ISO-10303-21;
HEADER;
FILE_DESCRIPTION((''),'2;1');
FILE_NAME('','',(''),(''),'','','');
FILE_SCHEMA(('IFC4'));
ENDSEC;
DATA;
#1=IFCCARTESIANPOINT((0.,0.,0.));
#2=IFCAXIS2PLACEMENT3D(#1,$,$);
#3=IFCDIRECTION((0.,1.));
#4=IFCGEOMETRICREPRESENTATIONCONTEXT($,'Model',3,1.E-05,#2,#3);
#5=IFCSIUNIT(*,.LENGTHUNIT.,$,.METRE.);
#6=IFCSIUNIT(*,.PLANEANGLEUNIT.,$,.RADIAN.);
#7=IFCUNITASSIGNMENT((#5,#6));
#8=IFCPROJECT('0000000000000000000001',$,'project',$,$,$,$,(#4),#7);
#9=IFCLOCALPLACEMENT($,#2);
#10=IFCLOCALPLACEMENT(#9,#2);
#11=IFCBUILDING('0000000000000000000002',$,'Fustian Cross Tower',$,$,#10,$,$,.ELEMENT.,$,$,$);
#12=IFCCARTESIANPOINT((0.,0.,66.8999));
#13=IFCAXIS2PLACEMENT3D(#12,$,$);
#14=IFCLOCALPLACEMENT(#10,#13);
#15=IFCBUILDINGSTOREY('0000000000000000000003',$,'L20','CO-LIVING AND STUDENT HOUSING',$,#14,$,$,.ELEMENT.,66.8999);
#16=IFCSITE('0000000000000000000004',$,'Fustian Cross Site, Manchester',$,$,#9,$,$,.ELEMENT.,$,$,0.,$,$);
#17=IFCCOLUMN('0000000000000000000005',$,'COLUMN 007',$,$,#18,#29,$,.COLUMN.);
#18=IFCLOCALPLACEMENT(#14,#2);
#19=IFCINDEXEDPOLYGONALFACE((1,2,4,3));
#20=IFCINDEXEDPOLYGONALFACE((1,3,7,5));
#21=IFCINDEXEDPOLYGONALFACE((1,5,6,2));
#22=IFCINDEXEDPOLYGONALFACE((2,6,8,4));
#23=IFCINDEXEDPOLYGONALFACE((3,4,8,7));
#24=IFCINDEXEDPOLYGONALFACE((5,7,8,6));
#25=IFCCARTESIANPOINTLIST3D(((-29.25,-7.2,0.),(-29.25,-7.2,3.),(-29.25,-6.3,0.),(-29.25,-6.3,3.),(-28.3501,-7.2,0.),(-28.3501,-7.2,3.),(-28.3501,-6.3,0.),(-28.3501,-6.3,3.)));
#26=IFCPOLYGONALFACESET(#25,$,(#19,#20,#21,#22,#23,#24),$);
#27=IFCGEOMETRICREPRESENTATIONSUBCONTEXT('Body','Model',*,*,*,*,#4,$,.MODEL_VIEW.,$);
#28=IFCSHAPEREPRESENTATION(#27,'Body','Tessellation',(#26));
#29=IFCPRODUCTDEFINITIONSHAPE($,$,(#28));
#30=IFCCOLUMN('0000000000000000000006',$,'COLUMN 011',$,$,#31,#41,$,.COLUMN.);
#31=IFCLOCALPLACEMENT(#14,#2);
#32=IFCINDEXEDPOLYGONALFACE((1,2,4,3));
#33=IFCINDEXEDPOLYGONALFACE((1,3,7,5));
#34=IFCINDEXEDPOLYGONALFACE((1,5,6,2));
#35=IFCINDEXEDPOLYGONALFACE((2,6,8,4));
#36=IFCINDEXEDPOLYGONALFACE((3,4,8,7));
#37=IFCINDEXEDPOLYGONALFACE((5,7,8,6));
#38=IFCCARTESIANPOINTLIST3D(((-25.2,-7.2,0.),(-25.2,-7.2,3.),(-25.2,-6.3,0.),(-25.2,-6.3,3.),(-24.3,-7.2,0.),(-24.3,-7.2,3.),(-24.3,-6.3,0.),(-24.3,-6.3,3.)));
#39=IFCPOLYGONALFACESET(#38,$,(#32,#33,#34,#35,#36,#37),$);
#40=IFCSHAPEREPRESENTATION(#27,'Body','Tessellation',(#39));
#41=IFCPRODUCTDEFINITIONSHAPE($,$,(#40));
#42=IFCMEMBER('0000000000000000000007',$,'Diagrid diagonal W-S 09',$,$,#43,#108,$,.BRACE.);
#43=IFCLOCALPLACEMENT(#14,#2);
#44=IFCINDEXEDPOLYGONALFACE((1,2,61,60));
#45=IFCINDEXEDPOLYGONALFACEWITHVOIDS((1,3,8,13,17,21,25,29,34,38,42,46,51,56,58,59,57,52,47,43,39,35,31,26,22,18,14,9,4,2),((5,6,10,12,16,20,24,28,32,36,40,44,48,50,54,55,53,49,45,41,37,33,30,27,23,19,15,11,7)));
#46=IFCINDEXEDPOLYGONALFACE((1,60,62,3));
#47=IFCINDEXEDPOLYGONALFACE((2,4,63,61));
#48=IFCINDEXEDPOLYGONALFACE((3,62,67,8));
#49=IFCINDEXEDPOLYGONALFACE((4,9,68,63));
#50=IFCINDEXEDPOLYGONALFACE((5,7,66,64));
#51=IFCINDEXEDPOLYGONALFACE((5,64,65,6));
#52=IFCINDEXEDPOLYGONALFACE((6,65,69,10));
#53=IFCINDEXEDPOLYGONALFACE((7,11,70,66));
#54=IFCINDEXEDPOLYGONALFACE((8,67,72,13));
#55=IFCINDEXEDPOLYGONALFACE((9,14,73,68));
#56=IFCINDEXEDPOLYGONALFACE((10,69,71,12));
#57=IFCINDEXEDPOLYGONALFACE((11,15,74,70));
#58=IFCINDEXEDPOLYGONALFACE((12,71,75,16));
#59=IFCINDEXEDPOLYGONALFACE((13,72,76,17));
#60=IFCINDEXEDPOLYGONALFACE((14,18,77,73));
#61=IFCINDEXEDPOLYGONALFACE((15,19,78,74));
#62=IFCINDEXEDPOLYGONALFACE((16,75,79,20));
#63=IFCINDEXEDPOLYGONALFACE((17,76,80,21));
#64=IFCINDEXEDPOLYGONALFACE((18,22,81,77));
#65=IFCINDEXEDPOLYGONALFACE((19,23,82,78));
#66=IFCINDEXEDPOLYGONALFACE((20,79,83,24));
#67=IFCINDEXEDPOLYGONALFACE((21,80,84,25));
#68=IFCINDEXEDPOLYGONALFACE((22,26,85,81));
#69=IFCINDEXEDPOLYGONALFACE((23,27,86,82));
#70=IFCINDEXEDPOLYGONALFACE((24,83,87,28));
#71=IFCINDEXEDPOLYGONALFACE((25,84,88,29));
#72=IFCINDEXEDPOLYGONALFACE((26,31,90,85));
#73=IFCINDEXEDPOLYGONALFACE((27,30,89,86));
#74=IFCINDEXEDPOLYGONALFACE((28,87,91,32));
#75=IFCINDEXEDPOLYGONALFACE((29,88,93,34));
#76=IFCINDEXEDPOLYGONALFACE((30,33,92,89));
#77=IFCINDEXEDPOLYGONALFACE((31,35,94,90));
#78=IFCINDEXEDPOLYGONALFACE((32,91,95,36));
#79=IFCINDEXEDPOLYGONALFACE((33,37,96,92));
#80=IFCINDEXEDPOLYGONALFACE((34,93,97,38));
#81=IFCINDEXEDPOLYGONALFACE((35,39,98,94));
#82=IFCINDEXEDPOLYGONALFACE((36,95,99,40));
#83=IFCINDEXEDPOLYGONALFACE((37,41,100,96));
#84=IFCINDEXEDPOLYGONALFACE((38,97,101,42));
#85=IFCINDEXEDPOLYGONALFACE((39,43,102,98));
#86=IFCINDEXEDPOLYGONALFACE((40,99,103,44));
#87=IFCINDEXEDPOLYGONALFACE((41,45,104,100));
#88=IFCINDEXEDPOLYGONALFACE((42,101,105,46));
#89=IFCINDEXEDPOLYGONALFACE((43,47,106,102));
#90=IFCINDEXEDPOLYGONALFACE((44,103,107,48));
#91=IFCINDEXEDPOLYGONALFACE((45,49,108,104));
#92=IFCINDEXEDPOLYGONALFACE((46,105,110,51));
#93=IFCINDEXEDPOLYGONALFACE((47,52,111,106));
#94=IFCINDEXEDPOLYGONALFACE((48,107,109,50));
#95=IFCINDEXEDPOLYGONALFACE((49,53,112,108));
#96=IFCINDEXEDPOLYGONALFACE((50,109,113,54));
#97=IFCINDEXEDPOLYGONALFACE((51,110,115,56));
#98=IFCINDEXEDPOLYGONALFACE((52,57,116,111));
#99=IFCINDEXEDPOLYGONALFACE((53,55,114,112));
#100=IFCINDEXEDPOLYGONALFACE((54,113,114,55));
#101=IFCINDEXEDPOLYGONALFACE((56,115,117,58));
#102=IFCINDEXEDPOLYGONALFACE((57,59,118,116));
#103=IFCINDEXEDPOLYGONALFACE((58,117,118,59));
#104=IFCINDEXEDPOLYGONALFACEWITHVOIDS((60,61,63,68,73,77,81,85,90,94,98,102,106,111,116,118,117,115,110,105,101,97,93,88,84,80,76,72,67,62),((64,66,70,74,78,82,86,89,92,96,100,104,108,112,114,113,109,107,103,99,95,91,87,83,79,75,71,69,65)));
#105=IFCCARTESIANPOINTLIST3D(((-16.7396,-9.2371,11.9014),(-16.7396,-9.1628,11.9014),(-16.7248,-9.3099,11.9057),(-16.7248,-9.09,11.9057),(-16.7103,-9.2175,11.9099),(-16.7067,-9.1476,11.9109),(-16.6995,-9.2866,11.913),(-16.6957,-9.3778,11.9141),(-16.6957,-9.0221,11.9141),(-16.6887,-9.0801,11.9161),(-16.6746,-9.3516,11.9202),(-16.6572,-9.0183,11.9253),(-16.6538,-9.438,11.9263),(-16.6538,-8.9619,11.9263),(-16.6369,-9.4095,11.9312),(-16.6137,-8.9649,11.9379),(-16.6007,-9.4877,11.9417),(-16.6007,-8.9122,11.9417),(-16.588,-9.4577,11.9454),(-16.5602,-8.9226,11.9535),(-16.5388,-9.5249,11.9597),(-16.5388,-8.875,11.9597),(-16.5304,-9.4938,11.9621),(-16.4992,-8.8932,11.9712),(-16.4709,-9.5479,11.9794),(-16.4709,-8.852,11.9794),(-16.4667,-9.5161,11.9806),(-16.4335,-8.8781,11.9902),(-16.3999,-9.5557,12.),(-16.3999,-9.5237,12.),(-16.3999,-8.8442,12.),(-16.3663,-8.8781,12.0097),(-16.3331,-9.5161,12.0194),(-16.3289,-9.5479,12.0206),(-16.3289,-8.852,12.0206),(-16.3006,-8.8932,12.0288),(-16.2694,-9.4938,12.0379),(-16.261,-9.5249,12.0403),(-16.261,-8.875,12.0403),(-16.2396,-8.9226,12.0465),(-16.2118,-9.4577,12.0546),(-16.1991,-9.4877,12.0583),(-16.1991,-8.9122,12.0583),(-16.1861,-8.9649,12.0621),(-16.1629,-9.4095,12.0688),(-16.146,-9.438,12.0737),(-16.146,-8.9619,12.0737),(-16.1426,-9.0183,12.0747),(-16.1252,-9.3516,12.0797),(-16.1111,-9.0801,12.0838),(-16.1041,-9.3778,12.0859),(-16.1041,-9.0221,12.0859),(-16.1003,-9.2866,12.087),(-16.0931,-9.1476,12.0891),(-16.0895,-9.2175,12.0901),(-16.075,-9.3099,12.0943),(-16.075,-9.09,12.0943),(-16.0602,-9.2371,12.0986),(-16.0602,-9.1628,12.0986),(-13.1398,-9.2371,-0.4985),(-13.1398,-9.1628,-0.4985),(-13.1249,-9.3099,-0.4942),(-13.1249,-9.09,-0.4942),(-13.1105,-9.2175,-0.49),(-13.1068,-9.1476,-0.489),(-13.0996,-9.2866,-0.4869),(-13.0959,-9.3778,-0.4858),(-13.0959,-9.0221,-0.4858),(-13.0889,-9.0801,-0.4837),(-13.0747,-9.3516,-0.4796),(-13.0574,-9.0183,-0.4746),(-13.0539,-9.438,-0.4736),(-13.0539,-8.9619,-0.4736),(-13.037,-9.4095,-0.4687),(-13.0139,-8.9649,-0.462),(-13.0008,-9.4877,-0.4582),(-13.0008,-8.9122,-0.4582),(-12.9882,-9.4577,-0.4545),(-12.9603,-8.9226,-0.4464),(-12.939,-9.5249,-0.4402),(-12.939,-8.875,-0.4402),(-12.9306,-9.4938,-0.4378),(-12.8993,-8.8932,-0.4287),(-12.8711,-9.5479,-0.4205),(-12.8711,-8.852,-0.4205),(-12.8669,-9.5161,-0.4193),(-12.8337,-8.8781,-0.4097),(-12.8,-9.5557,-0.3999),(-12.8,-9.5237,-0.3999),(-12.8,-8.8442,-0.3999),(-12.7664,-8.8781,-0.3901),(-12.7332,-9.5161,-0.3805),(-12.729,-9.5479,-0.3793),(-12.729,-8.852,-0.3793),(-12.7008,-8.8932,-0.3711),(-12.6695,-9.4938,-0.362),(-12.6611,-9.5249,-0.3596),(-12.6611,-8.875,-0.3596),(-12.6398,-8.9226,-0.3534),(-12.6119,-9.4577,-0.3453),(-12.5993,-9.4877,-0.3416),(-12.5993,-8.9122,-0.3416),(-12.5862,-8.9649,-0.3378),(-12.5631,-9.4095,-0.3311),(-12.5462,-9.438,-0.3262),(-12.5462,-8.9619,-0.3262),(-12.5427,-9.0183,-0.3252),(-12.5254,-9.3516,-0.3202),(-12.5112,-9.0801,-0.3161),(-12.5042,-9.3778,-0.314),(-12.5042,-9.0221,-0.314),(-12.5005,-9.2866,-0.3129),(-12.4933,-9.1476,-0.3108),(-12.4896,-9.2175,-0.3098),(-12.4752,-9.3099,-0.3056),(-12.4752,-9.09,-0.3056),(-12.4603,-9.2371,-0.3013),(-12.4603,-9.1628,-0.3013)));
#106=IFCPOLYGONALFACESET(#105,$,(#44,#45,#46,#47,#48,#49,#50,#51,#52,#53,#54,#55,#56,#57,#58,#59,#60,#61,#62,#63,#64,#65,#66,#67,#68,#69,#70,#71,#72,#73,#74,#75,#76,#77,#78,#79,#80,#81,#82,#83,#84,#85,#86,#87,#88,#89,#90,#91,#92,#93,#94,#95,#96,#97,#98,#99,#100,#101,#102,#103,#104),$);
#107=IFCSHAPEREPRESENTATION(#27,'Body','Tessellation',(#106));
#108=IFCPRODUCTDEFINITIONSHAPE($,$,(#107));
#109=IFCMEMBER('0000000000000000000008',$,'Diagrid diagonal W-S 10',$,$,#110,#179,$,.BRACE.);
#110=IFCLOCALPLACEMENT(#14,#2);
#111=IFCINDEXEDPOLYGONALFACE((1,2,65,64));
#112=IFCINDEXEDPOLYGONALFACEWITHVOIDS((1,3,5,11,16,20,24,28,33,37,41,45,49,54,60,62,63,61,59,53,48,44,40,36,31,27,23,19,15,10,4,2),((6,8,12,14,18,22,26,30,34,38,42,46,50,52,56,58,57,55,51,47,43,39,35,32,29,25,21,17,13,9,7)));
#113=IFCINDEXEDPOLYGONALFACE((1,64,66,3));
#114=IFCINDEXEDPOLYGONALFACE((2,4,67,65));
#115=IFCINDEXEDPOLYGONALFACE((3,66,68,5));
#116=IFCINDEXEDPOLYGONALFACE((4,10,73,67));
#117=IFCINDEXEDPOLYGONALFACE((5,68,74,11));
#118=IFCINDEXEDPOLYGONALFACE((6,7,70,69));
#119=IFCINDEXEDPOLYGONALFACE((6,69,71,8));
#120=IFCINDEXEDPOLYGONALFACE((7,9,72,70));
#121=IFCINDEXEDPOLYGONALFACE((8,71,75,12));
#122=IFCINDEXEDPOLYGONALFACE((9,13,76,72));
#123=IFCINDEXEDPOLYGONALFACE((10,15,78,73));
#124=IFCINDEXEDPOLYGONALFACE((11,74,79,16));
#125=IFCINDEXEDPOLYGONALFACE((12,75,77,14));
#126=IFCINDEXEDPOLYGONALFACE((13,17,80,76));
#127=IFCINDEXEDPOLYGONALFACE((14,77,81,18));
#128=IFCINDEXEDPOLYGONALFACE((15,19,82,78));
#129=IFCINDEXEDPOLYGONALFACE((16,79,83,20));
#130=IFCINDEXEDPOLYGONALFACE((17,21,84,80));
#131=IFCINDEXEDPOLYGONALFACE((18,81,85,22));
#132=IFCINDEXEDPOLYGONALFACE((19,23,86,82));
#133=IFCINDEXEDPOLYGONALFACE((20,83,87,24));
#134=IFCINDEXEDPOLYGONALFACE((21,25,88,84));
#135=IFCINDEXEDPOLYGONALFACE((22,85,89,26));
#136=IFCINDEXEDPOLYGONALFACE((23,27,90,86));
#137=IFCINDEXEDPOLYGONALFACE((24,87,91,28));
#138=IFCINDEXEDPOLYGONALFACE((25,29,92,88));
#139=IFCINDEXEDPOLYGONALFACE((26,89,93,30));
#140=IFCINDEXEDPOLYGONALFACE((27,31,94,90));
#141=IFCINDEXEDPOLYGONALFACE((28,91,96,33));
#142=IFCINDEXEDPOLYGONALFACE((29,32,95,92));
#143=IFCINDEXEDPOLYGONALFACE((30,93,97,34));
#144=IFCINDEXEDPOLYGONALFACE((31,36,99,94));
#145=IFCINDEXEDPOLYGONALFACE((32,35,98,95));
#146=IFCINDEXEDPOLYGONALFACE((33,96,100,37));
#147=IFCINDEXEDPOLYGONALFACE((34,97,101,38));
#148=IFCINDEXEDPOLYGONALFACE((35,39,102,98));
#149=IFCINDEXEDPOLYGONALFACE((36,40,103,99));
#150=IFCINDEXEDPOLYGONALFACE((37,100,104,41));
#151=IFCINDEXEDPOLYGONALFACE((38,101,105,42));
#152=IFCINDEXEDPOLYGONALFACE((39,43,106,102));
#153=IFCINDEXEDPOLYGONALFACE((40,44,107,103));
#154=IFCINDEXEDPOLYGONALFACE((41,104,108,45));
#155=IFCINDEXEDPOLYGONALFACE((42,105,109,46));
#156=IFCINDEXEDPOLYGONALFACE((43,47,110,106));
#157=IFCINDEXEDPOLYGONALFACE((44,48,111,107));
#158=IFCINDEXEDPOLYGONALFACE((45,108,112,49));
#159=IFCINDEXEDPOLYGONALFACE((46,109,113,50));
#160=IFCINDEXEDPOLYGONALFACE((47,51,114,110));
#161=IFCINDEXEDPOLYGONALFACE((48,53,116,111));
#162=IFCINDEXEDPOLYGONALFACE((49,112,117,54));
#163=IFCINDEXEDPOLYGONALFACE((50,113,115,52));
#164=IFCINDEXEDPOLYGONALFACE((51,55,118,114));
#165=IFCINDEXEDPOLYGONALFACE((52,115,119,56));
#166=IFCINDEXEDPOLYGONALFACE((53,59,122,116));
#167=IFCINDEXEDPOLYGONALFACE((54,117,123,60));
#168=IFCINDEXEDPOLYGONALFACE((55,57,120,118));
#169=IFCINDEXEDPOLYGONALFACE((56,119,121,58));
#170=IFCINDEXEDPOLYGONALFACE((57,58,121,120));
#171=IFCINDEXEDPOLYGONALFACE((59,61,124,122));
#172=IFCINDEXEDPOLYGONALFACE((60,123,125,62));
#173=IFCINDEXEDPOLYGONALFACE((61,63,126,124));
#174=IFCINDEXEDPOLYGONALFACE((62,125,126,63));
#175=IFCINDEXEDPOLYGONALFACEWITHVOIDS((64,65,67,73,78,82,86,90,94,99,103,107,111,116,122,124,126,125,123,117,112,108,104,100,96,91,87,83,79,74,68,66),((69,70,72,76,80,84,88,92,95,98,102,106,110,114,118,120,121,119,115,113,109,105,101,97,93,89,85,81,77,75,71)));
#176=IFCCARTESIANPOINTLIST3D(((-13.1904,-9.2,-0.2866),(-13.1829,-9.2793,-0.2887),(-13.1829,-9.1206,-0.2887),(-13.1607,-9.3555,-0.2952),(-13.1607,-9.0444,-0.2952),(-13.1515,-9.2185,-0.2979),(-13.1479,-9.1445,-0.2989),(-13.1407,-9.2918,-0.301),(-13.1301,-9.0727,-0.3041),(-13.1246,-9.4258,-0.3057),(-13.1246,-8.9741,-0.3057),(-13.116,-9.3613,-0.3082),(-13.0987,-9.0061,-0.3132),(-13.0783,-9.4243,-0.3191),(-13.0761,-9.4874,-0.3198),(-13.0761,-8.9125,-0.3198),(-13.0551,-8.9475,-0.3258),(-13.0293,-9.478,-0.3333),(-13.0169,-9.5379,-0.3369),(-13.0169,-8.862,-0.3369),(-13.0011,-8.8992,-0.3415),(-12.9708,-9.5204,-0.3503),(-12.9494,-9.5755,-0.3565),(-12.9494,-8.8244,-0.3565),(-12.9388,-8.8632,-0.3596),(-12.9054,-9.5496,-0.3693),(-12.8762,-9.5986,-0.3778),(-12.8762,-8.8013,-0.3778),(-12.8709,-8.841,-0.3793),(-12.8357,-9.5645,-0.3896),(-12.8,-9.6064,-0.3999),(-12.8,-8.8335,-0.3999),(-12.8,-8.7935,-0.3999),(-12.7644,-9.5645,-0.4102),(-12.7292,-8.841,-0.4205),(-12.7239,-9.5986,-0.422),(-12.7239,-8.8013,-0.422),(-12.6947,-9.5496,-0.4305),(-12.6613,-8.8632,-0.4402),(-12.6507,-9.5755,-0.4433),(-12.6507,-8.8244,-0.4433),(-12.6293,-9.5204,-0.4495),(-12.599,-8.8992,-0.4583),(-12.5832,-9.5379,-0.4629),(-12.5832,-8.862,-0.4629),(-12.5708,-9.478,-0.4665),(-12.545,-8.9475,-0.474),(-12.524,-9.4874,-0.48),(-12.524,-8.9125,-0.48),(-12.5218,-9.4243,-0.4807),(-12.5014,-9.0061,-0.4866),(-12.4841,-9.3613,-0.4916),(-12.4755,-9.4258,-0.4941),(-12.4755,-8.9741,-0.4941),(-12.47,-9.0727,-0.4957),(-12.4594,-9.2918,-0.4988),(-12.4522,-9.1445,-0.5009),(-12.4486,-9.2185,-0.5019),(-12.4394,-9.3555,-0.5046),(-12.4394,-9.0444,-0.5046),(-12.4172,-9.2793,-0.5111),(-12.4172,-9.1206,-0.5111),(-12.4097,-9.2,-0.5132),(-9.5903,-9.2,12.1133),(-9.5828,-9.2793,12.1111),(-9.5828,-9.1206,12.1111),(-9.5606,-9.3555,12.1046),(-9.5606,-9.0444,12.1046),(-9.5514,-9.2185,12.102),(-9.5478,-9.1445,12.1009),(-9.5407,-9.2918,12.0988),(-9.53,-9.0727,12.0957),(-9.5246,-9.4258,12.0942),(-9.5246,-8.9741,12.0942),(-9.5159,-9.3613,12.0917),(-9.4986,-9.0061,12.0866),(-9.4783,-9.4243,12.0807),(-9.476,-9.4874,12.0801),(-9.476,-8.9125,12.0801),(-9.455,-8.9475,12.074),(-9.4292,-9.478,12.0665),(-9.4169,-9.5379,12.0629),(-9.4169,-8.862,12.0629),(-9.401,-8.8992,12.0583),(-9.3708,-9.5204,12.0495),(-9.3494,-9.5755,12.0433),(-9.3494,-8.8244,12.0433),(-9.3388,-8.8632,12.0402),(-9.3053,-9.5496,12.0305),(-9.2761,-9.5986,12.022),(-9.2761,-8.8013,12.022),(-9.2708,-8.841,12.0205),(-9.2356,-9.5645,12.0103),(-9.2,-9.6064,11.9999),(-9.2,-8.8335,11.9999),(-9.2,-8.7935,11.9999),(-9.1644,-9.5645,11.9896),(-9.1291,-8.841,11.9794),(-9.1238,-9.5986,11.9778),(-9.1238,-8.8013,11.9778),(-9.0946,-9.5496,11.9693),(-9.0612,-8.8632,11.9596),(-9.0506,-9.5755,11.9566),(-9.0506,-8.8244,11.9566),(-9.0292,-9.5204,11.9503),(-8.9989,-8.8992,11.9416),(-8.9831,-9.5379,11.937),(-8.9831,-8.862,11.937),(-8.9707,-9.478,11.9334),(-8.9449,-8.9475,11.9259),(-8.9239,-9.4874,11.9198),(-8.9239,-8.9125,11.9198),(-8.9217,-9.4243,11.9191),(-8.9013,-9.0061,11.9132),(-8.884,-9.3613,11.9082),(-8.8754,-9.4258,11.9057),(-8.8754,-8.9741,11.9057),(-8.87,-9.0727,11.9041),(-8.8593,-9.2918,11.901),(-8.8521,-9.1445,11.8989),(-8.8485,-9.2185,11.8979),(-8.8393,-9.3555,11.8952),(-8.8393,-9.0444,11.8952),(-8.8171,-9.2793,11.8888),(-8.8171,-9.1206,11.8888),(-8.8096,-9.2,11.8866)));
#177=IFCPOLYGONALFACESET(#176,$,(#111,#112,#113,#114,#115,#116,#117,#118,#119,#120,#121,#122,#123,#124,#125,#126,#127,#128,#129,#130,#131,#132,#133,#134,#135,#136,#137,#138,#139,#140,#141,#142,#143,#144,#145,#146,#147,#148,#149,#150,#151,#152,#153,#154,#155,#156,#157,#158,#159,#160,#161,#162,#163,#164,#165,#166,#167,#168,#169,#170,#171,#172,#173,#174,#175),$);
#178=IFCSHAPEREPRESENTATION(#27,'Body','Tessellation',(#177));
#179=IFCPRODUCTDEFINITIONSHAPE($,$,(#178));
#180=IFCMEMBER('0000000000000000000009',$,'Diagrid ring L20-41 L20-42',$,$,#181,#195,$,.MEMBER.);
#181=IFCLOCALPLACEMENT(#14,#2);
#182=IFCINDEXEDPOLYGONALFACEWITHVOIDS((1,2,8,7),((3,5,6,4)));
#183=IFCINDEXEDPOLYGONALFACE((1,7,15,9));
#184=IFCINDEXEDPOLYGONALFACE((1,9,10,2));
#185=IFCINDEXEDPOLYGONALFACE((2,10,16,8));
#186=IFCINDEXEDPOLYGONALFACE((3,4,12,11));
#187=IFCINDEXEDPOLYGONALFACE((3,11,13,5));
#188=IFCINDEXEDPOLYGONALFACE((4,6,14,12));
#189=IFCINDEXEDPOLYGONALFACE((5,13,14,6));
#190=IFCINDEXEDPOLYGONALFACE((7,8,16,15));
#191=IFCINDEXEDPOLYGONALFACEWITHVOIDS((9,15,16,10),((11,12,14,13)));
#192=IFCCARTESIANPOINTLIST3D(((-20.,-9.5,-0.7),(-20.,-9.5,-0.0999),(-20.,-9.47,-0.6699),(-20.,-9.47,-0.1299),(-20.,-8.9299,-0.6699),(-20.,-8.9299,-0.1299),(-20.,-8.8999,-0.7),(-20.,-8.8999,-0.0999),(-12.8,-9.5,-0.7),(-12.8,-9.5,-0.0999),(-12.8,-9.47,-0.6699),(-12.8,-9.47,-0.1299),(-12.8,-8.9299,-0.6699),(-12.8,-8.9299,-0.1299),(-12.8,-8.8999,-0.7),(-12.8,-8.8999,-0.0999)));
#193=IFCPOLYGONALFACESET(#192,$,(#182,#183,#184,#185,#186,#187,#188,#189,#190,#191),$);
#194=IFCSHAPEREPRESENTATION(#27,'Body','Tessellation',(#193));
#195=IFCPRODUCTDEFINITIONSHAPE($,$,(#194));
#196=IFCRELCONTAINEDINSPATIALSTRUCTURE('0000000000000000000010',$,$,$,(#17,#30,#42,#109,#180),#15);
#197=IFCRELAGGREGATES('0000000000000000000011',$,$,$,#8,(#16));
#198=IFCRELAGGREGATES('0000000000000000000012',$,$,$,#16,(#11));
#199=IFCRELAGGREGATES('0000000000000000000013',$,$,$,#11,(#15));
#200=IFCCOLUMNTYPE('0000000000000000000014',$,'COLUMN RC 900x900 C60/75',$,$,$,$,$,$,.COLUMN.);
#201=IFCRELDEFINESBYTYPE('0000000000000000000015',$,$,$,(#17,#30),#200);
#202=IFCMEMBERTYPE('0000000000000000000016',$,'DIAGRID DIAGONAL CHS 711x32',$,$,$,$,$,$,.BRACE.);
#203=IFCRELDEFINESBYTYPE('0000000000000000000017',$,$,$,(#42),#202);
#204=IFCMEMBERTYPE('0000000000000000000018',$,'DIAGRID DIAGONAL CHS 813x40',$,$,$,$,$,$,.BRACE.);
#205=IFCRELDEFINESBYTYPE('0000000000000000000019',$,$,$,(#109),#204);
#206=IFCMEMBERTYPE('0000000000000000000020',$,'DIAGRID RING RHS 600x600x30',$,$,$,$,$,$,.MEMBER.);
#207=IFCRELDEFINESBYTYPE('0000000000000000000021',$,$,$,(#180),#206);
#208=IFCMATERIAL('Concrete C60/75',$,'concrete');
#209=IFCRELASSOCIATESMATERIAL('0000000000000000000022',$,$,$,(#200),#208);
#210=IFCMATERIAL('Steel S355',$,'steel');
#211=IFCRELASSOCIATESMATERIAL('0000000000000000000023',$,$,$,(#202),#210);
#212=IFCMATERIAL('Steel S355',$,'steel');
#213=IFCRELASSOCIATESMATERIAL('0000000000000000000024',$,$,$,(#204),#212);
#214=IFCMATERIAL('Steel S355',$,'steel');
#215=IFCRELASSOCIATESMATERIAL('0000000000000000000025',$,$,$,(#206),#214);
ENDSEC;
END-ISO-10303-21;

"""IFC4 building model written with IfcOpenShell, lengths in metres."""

from ifc_helpers import new_model, si_unit, direction, frame, origin, origin_2d, place, context, subcontext, project, spatial, rectangle, hollow_rectangle, hollow_circle, extrude, material, material_profile, profile_set, type_object, element, save


model = new_model("IFC4")

# Units and contexts
model_context = context("Model", 3, precision=1e-05, world=origin(), true_north=direction((0.0, 1.0)))
body_context = subcontext(model_context, "Body", "Model", "MODEL_VIEW")
ifc_project = project(units=[si_unit("LENGTHUNIT", "METRE"), si_unit("PLANEANGLEUNIT", "RADIAN")], contexts=[model_context])

# Site, building, storey
site_placement = place(None, origin())
site = spatial("IfcSite", under=ifc_project, at=site_placement, Name="Fustian Cross Site, Manchester", CompositionType="ELEMENT", RefElevation=0.0)
building_placement = place(site_placement, origin())
building = spatial("IfcBuilding", under=site, at=building_placement, Name="Fustian Cross Tower", CompositionType="ELEMENT")
storey_placement = place(building_placement, frame((0.0, 0.0, 66.8999)))
storey = spatial("IfcBuildingStorey", under=building, at=storey_placement, Name="L20", Description="CO-LIVING AND STUDENT HOUSING", CompositionType="ELEMENT", Elevation=66.8999)

# Columns
ifc_material_1 = material(Name="Concrete C60/75", Category="concrete")
ifc_material_profile_1 = material_profile(ifc_material_1, rectangle(XDim=0.8999, YDim=0.8999, at=origin_2d()), Name="RC 900x900")
ifc_profile_set_1 = profile_set([ifc_material_profile_1], Name="Concrete C60/75")
column_type = type_object("IfcColumnType", Name="COLUMN RC 900x900 C60/75", PredefinedType="COLUMN", material=ifc_profile_set_1)
for number, where, z_axis, x_axis, name in (
    (1, (-28.8, -6.75, 0.0), (0.0, 0.0, 1.0), (1.0, 0.0, 0.0), "COLUMN 007"),
    (2, (-24.75, -6.75, 0.0), (0.0, 0.0, 1.0), (1.0, 0.0, 0.0), "COLUMN 011"),
):
    element("IfcColumn", number, at=place(storey_placement, frame(where, z_axis=z_axis, x_axis=x_axis)), inside=storey, type_object=column_type, Name=name, PredefinedType="COLUMN", context=body_context, shape_type="SweptSolid", body=[
        extrude(rectangle(XDim=0.8999, YDim=0.8999, at=origin_2d()), origin(), (0.0, 0.0, 1.0), 3.0),
    ])

# Members
ifc_material_2 = material(Name="Steel S355", Category="steel")
ifc_material_profile_2 = material_profile(ifc_material_2, hollow_circle(Radius=0.3557, WallThickness=0.032, at=origin_2d()), Name="CHS 711x32")
ifc_profile_set_2 = profile_set([ifc_material_profile_2], Name="Steel S355")
member_type_1 = type_object("IfcMemberType", Name="DIAGRID DIAGONAL CHS 711x32", PredefinedType="BRACE", material=ifc_profile_set_2)
member_1_placement = place(storey_placement, frame((-12.8, -9.2, -0.3999), z_axis=(-0.278802, 0.0, 0.960349), x_axis=(0.0, -1.0, 0.0)))
element("IfcMember", 3, at=member_1_placement, inside=storey, type_object=member_type_1, Name="Diagrid diagonal W-S 09", PredefinedType="BRACE", context=body_context, shape_type="SweptSolid", body=[
    extrude(hollow_circle(Radius=0.3557, WallThickness=0.032, at=origin_2d()), origin(), (0.0, 0.0, 1.0), 12.9119),
])
ifc_material_3 = material(Name="Steel S355", Category="steel")
ifc_material_profile_3 = material_profile(ifc_material_3, hollow_circle(Radius=0.4065, WallThickness=0.04, at=origin_2d()), Name="CHS 813x40")
ifc_profile_set_3 = profile_set([ifc_material_profile_3], Name="Steel S355")
member_type_2 = type_object("IfcMemberType", Name="DIAGRID DIAGONAL CHS 813x40", PredefinedType="BRACE", material=ifc_profile_set_3)
member_2_placement = place(storey_placement, frame((-12.8, -9.2, -0.3999), z_axis=(0.278819, 0.0, 0.960344), x_axis=(0.0, 1.0, 0.0)))
element("IfcMember", 4, at=member_2_placement, inside=storey, type_object=member_type_2, Name="Diagrid diagonal W-S 10", PredefinedType="BRACE", context=body_context, shape_type="SweptSolid", body=[
    extrude(hollow_circle(Radius=0.4065, WallThickness=0.04, at=origin_2d()), origin(), (0.0, 0.0, 1.0), 12.9119),
])
ifc_material_4 = material(Name="Steel S355", Category="steel")
ifc_material_profile_4 = material_profile(ifc_material_4, hollow_rectangle(XDim=0.6001, YDim=0.6001, WallThickness=0.03, at=origin_2d()), Name="RHS 600x600x30")
ifc_profile_set_4 = profile_set([ifc_material_profile_4], Name="Steel S355")
member_type_3 = type_object("IfcMemberType", Name="DIAGRID RING RHS 600x600x30", PredefinedType="MEMBER", material=ifc_profile_set_4)
member_3_placement = place(storey_placement, frame((-20.0, -9.2, -0.3999), z_axis=(1.0, 0.0, 0.0), x_axis=(0.0, 1.0, 0.0)))
element("IfcMember", 5, at=member_3_placement, inside=storey, type_object=member_type_3, Name="Diagrid ring L20-41 L20-42", PredefinedType="MEMBER", context=body_context, shape_type="SweptSolid", body=[
    extrude(hollow_rectangle(XDim=0.6001, YDim=0.6001, WallThickness=0.03, at=origin_2d()), origin(), (0.0, 0.0, 1.0), 7.2),
])

save(model, "model.ifc")
